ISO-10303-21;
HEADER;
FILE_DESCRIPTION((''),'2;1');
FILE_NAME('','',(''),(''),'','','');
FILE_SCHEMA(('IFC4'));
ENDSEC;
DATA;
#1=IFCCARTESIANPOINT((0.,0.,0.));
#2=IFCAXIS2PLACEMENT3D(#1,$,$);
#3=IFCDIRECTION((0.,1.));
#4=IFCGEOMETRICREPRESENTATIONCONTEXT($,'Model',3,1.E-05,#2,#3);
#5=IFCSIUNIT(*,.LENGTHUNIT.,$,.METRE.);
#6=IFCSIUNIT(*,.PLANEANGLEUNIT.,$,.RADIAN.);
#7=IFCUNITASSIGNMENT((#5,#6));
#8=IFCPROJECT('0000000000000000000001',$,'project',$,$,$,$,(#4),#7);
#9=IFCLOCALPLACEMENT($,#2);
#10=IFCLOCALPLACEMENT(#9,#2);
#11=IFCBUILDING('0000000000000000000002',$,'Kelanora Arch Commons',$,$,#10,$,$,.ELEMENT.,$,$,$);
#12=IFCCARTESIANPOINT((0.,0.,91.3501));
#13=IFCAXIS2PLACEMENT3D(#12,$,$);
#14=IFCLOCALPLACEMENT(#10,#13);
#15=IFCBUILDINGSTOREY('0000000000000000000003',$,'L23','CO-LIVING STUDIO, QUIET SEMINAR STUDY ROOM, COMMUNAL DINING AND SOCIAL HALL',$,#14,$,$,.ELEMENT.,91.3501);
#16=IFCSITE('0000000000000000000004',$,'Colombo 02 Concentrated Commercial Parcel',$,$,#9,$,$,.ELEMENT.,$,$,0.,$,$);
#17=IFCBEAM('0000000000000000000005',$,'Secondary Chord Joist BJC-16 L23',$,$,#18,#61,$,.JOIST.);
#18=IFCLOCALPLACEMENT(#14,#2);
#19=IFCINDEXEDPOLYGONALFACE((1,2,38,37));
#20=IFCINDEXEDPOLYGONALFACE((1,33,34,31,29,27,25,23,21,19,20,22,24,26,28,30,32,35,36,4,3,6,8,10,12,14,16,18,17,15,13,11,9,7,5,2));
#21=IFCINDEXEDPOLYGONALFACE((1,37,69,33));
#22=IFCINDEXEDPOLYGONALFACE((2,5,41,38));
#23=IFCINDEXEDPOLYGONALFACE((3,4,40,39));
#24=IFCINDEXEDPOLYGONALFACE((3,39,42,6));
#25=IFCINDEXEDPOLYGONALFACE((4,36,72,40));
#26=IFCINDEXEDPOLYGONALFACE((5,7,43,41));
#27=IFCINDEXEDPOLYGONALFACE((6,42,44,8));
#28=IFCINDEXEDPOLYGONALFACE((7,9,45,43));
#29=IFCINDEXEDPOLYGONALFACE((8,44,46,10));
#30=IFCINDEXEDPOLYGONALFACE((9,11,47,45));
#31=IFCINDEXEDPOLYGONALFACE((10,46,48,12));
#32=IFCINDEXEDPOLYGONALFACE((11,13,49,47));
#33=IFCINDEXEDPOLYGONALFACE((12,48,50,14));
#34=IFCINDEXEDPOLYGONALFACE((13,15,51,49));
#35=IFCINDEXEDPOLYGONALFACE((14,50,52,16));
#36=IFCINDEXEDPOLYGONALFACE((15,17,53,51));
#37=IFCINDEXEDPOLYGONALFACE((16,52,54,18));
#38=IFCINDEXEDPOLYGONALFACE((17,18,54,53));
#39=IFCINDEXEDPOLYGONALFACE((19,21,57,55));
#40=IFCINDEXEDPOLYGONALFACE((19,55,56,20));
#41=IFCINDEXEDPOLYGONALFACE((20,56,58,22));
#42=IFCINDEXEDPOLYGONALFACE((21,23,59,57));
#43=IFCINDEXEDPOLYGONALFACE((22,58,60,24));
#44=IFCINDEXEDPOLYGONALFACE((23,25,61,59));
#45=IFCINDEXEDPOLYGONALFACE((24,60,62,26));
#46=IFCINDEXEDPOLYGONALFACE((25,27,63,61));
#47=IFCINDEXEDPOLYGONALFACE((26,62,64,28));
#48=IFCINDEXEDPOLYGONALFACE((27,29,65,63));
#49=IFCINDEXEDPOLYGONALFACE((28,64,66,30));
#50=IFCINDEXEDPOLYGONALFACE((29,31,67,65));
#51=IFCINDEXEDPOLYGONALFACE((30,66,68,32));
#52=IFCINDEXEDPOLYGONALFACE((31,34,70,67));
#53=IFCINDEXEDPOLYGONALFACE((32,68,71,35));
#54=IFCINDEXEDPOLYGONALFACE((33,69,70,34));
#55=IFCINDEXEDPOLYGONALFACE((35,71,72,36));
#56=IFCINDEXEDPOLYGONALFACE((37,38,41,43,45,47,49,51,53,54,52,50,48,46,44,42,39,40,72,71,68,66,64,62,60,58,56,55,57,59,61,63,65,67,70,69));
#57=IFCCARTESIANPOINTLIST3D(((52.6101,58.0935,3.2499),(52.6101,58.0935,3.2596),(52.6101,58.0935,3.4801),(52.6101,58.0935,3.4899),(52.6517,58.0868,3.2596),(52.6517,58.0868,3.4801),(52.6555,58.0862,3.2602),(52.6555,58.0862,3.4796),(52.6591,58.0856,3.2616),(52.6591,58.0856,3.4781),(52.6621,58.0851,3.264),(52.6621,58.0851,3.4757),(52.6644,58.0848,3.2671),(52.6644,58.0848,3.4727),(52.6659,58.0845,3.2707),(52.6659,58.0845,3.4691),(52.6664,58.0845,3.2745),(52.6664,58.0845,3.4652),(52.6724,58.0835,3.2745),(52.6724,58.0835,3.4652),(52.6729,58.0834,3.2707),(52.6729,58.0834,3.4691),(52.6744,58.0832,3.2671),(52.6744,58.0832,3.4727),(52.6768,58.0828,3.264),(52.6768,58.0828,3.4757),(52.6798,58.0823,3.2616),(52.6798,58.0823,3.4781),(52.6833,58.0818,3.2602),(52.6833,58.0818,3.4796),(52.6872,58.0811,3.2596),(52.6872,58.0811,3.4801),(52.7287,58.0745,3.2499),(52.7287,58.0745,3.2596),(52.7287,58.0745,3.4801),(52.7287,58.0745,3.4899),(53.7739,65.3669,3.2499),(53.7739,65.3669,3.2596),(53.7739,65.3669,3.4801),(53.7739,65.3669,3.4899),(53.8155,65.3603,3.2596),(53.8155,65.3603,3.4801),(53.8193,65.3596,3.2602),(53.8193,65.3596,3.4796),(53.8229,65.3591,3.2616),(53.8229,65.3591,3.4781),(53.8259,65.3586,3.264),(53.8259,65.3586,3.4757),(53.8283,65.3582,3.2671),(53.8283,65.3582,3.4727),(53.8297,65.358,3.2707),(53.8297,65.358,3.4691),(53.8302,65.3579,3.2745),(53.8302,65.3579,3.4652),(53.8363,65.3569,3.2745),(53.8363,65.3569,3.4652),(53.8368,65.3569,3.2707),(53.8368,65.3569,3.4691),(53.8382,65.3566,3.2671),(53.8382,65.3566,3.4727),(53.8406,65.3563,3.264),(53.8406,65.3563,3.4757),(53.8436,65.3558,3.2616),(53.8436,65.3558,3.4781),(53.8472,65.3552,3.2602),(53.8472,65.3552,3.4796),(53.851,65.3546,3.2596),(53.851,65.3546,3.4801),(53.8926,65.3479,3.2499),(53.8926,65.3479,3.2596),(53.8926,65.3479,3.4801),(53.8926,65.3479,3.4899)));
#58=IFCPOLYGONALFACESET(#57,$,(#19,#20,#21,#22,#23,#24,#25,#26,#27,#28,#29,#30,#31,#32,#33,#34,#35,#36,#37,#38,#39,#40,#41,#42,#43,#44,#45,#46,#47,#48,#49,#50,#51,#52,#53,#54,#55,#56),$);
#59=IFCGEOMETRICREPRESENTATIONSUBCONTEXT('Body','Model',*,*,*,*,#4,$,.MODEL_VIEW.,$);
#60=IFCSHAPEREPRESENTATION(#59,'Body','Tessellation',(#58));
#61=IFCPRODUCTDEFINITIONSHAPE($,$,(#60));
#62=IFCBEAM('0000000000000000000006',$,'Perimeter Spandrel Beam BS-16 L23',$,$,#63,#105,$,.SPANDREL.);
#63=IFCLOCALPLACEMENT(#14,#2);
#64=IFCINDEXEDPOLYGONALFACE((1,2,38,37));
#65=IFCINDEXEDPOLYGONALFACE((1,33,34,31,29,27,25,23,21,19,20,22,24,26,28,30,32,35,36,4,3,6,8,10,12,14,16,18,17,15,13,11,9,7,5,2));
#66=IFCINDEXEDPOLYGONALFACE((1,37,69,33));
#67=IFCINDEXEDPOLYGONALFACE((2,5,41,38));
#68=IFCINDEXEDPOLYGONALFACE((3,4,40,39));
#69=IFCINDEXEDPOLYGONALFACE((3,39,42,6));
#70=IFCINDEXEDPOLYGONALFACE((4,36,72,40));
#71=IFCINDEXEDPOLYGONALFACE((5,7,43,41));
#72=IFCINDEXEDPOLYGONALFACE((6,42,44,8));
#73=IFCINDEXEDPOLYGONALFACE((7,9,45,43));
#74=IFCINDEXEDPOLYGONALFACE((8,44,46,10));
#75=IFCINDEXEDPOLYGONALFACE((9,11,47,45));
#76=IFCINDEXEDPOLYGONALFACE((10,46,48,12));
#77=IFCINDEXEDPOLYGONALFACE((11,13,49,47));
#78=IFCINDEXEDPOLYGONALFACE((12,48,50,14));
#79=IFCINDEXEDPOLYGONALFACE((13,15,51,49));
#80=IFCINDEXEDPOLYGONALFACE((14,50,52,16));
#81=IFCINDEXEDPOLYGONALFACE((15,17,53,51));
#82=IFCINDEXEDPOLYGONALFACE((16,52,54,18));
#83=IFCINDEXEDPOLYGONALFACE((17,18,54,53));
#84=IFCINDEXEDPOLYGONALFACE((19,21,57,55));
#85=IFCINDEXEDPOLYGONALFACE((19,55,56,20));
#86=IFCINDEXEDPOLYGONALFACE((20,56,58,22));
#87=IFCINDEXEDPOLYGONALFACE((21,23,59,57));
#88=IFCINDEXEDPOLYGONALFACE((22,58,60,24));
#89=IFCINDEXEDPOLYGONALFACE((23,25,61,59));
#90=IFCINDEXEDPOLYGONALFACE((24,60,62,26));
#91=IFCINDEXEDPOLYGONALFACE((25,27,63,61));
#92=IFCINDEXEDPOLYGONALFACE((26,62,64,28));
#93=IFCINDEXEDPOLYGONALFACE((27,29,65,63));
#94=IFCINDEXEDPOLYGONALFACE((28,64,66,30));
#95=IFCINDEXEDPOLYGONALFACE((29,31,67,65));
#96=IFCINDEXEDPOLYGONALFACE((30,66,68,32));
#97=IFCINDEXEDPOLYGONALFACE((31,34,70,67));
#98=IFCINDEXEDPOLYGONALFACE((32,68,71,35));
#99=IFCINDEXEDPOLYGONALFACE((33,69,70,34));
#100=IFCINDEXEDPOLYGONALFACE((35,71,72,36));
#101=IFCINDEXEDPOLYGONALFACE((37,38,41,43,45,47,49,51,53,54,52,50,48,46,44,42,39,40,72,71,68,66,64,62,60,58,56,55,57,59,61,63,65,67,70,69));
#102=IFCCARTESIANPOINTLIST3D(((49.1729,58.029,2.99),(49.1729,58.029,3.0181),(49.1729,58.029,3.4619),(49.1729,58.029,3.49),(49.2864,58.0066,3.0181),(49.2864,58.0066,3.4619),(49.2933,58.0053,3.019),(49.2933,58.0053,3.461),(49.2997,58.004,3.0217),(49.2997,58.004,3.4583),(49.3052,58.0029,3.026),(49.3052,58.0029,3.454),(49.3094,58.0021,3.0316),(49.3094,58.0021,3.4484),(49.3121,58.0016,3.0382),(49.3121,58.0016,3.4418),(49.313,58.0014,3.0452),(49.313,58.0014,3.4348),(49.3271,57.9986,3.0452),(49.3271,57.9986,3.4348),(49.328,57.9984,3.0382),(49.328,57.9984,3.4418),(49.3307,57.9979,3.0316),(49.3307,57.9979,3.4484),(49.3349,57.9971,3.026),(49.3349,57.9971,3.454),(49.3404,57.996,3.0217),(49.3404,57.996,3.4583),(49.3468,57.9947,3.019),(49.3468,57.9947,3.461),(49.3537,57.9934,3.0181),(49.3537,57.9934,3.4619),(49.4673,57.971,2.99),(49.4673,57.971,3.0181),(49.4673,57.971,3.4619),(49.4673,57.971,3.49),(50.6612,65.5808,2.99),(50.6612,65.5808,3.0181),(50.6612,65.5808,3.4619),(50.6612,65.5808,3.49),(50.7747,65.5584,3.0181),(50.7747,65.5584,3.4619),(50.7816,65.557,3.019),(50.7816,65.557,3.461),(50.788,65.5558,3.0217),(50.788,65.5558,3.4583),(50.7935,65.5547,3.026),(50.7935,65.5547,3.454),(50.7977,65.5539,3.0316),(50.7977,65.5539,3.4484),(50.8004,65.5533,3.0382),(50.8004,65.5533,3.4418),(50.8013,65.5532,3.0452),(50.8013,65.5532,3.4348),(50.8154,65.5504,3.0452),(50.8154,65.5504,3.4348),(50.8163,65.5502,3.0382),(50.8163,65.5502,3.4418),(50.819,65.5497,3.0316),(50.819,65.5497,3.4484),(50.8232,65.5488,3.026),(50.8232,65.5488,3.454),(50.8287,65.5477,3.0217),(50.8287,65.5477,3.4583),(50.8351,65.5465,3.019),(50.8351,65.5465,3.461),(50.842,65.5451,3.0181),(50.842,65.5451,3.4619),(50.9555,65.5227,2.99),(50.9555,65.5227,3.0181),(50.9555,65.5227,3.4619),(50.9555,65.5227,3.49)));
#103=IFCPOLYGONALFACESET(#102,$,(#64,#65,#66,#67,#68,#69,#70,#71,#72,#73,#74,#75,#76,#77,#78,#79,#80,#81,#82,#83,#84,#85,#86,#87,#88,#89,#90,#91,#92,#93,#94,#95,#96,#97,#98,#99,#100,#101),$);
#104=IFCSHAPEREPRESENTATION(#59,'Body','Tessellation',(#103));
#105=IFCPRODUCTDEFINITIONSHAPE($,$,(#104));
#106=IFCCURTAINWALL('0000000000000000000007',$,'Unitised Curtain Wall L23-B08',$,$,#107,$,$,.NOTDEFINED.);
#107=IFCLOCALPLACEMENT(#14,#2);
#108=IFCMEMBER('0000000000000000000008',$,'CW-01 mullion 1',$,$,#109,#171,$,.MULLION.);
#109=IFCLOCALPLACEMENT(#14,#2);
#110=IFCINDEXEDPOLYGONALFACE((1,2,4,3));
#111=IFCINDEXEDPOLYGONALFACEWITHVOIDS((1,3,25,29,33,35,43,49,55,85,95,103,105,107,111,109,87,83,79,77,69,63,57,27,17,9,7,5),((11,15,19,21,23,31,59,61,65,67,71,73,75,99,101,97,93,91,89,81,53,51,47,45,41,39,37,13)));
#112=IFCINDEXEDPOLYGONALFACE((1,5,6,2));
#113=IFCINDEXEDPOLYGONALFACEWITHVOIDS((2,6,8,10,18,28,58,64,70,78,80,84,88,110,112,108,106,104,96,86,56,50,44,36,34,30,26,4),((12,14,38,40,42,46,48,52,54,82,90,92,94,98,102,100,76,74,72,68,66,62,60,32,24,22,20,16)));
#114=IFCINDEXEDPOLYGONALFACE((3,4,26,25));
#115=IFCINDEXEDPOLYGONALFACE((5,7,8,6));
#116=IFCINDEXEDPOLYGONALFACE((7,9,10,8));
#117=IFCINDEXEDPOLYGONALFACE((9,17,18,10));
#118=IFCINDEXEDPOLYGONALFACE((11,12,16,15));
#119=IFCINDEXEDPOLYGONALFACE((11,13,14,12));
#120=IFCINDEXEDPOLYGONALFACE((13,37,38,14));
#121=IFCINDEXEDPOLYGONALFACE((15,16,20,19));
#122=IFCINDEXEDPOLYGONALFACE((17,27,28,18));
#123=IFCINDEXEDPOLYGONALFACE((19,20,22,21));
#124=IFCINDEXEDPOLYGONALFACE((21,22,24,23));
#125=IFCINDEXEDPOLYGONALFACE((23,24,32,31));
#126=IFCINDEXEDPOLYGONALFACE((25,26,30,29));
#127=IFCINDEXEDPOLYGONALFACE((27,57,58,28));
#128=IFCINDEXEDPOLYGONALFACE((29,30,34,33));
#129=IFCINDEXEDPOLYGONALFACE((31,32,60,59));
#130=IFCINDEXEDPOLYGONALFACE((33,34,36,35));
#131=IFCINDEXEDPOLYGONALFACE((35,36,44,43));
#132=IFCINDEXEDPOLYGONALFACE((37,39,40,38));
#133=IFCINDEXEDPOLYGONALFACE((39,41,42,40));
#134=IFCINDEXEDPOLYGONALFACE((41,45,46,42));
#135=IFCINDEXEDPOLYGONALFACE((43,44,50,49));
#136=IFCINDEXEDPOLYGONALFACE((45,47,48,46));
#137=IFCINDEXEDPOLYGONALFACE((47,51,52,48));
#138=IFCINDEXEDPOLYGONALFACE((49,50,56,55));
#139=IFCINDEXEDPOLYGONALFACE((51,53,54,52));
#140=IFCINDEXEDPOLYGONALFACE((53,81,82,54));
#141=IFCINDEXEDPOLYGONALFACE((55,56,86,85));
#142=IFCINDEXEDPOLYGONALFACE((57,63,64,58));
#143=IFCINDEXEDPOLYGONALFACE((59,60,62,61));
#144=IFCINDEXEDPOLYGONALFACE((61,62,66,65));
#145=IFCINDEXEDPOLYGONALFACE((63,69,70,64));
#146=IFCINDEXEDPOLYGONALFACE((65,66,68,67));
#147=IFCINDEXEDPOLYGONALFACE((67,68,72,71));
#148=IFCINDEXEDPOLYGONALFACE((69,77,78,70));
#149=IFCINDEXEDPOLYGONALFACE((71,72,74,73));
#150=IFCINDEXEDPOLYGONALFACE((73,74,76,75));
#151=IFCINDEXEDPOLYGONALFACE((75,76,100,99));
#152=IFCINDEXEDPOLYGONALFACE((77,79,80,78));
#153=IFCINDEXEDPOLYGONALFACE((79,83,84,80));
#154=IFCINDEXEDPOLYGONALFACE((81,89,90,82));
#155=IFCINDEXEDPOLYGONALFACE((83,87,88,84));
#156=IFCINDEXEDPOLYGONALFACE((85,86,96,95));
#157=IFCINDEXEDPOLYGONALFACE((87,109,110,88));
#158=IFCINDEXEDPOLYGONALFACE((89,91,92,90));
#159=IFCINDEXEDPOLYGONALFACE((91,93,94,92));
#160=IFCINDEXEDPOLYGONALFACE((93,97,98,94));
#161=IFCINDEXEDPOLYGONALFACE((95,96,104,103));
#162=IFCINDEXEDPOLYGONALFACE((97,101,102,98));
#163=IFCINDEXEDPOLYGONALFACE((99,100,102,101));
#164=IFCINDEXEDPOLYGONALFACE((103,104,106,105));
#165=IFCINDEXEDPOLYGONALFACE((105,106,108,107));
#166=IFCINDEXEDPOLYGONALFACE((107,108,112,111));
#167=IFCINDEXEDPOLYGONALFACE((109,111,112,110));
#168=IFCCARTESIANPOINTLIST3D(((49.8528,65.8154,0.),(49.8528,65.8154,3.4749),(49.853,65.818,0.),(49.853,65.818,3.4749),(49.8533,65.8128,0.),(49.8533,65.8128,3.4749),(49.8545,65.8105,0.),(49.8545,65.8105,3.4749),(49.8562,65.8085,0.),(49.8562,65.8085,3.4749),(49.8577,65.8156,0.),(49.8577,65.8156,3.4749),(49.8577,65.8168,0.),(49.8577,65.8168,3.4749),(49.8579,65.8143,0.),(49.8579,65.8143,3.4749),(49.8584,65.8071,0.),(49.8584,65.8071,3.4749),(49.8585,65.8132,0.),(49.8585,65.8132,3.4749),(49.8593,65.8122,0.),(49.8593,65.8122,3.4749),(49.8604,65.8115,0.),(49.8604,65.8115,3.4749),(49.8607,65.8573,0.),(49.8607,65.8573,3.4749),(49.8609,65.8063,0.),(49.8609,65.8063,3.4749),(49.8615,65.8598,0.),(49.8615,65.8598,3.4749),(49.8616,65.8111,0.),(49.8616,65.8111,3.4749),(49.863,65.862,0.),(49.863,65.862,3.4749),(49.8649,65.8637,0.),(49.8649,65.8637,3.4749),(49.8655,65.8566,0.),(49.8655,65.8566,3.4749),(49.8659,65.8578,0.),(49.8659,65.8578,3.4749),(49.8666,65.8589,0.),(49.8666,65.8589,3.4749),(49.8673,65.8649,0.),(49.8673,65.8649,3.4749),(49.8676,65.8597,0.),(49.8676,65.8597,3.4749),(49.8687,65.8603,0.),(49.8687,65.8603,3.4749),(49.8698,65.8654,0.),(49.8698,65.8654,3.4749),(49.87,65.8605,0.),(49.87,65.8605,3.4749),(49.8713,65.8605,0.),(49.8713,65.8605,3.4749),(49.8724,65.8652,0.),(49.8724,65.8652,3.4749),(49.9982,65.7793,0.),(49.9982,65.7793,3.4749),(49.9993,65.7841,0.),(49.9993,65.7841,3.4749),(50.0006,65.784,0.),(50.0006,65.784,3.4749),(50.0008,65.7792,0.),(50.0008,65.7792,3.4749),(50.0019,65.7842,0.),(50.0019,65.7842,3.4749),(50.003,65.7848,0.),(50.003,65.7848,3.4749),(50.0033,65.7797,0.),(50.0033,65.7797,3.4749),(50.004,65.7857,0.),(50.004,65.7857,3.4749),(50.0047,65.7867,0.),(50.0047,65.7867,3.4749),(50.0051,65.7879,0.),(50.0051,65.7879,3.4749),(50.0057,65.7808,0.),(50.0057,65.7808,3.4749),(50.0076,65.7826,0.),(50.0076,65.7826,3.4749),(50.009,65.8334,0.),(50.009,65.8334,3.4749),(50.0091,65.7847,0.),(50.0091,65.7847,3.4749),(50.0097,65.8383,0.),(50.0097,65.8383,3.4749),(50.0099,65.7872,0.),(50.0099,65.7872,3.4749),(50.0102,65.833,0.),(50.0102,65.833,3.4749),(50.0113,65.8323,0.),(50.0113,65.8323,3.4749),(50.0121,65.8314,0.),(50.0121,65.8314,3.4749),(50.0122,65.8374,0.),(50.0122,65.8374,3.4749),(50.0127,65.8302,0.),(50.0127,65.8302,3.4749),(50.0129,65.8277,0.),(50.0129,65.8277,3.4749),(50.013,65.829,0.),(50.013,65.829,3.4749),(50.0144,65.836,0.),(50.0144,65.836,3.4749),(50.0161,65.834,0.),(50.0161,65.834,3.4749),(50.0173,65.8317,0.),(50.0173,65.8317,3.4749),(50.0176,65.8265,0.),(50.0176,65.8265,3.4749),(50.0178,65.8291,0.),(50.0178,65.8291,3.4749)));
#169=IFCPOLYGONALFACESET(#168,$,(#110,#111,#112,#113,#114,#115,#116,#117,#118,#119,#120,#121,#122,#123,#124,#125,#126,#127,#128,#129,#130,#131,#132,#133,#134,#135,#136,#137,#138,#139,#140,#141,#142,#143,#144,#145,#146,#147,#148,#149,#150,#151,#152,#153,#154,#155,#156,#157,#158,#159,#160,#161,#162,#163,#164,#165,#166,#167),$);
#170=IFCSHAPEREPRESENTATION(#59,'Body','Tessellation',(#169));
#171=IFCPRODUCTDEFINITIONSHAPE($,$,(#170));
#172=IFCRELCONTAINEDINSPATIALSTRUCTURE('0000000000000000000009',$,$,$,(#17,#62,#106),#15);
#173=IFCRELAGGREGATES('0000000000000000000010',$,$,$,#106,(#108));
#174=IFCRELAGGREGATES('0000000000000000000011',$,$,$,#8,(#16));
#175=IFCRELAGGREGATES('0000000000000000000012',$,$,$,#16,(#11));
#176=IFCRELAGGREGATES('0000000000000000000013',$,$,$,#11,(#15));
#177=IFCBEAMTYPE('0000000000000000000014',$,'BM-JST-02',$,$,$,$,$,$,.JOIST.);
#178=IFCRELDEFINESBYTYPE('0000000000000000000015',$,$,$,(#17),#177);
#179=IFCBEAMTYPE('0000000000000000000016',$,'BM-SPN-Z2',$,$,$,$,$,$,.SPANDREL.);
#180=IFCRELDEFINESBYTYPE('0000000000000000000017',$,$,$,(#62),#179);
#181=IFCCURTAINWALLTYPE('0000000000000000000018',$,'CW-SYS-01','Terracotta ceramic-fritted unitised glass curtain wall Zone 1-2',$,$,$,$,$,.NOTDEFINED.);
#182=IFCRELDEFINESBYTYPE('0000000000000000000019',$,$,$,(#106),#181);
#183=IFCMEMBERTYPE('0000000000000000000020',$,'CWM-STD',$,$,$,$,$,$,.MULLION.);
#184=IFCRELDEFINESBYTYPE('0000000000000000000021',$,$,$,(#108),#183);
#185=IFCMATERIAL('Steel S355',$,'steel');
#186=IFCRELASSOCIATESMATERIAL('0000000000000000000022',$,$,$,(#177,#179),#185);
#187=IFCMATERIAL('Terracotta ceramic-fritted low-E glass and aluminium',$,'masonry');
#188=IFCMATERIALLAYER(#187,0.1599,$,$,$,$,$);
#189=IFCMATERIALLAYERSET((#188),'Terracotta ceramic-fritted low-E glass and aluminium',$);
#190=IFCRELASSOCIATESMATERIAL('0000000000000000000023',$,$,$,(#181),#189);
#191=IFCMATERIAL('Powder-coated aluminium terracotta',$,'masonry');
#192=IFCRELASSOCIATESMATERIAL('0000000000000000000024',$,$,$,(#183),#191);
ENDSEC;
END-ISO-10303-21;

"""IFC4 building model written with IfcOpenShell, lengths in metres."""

from ifc_helpers import new_model, si_unit, direction, frame, origin, origin_2d, place, context, subcontext, project, spatial, hollow_rectangle, i_section, extrude, material, layer, layer_set, material_profile, profile_set, type_object, element, aggregate, save


model = new_model("IFC4")

# Units and contexts
model_context = context("Model", 3, precision=1e-05, world=origin(), true_north=direction((0.0, 1.0)))
body_context = subcontext(model_context, "Body", "Model", "MODEL_VIEW")
ifc_project = project(units=[si_unit("LENGTHUNIT", "METRE"), si_unit("PLANEANGLEUNIT", "RADIAN")], contexts=[model_context])

# Site, building, storey
site_placement = place(None, origin())
site = spatial("IfcSite", under=ifc_project, at=site_placement, Name="Colombo 02 Concentrated Commercial Parcel", CompositionType="ELEMENT", RefElevation=0.0)
building_placement = place(site_placement, origin())
building = spatial("IfcBuilding", under=site, at=building_placement, Name="Kelanora Arch Commons", CompositionType="ELEMENT")
storey_placement = place(building_placement, frame((0.0, 0.0, 91.3501)))
storey = spatial("IfcBuildingStorey", under=building, at=storey_placement, Name="L23", Description="CO-LIVING STUDIO, QUIET SEMINAR STUDY ROOM, COMMUNAL DINING AND SOCIAL HALL", CompositionType="ELEMENT", Elevation=91.3501)

# Beams
ifc_material_1 = material(Name="Steel S355", Category="steel")
ifc_material_profile_1 = material_profile(ifc_material_1, i_section(OverallWidth=0.1201, OverallDepth=0.24, WebThickness=0.0061, FlangeThickness=0.0098, FilletRadius=0.0149, at=origin_2d()), Name="IPE240")
ifc_profile_set_1 = profile_set([ifc_material_profile_1], Name="Steel S355")
beam_type_1 = type_object("IfcBeamType", Name="BM-JST-02", PredefinedType="JOIST", material=ifc_profile_set_1)
beam_1_placement = place(storey_placement, frame((53.8333, 65.3574, 3.3699), z_axis=(-0.158, -0.987439, 0.0), x_axis=(0.987439, -0.158, 0.0)))
element("IfcBeam", 1, at=beam_1_placement, inside=storey, type_object=beam_type_1, Name="Secondary Chord Joist BJC-16 L23", PredefinedType="JOIST", context=body_context, shape_type="SweptSolid", body=[
    extrude(i_section(OverallWidth=0.1201, OverallDepth=0.24, WebThickness=0.0061, FlangeThickness=0.0098, FilletRadius=0.0149, at=origin_2d()), origin(), (0.0, 0.0, 1.0), 7.366),
])
ifc_material_profile_2 = material_profile(ifc_material_1, i_section(OverallWidth=0.3, OverallDepth=0.5, WebThickness=0.0144, FlangeThickness=0.0281, FilletRadius=0.0271, at=origin_2d()), Name="HEB500")
ifc_profile_set_2 = profile_set([ifc_material_profile_2], Name="Steel S355")
beam_type_2 = type_object("IfcBeamType", Name="BM-SPN-Z2", PredefinedType="SPANDREL", material=ifc_profile_set_2)
beam_2_placement = place(storey_placement, frame((50.8083, 65.5518, 3.24), z_axis=(-0.193358, -0.981128, 0.0), x_axis=(0.981128, -0.193358, 0.0)))
element("IfcBeam", 2, at=beam_2_placement, inside=storey, type_object=beam_type_2, Name="Perimeter Spandrel Beam BS-16 L23", PredefinedType="SPANDREL", context=body_context, shape_type="SweptSolid", body=[
    extrude(i_section(OverallWidth=0.3, OverallDepth=0.5, WebThickness=0.0144, FlangeThickness=0.0281, FilletRadius=0.0271, at=origin_2d()), origin(), (0.0, 0.0, 1.0), 7.697),
])

# Curtain wall, member
ifc_material_2 = material(Name="Terracotta ceramic-fritted low-E glass and aluminium", Category="masonry")
ifc_layer_1 = layer(ifc_material_2, 0.1599)
ifc_layer_set_1 = layer_set([ifc_layer_1], Name="Terracotta ceramic-fritted low-E glass and aluminium")
curtain_wall_type = type_object("IfcCurtainWallType", Name="CW-SYS-01", Description="Terracotta ceramic-fritted unitised glass curtain wall Zone 1-2", PredefinedType="NOTDEFINED", material=ifc_layer_set_1)
curtain_wall_placement = place(storey_placement, origin())
curtain_wall = element("IfcCurtainWall", 3, at=curtain_wall_placement, inside=storey, type_object=curtain_wall_type, Name="Unitised Curtain Wall L23-B08", PredefinedType="NOTDEFINED")
ifc_material_3 = material(Name="Powder-coated aluminium terracotta", Category="masonry")
ifc_material_profile_3 = material_profile(ifc_material_3, hollow_rectangle(XDim=0.1599, YDim=0.0601, WallThickness=0.0049, InnerFilletRadius=0.0049, OuterFilletRadius=0.01, at=origin_2d()), Name="CWM160x60")
ifc_profile_set_3 = profile_set([ifc_material_profile_3], Name="Powder-coated aluminium terracotta")
member_type_1 = type_object("IfcMemberType", Name="CWM-STD", PredefinedType="MULLION", material=ifc_profile_set_3)
member_1_placement = place(storey_placement, frame((49.9353, 65.8223, 0.0), z_axis=(0.0, 0.0, 1.0), x_axis=(0.98128, -0.192585, 0.0)))
member_1 = element("IfcMember", 4, at=member_1_placement, type_object=member_type_1, Name="CW-01 mullion 1", PredefinedType="MULLION", context=body_context, shape_type="SweptSolid", body=[
    extrude(hollow_rectangle(XDim=0.1599, YDim=0.0601, WallThickness=0.0049, InnerFilletRadius=0.0049, OuterFilletRadius=0.01, at=origin_2d()), origin(), (0.0, 0.0, 1.0), 3.4749),
])
aggregate(curtain_wall, [member_1])

save(model, "model.ifc")
